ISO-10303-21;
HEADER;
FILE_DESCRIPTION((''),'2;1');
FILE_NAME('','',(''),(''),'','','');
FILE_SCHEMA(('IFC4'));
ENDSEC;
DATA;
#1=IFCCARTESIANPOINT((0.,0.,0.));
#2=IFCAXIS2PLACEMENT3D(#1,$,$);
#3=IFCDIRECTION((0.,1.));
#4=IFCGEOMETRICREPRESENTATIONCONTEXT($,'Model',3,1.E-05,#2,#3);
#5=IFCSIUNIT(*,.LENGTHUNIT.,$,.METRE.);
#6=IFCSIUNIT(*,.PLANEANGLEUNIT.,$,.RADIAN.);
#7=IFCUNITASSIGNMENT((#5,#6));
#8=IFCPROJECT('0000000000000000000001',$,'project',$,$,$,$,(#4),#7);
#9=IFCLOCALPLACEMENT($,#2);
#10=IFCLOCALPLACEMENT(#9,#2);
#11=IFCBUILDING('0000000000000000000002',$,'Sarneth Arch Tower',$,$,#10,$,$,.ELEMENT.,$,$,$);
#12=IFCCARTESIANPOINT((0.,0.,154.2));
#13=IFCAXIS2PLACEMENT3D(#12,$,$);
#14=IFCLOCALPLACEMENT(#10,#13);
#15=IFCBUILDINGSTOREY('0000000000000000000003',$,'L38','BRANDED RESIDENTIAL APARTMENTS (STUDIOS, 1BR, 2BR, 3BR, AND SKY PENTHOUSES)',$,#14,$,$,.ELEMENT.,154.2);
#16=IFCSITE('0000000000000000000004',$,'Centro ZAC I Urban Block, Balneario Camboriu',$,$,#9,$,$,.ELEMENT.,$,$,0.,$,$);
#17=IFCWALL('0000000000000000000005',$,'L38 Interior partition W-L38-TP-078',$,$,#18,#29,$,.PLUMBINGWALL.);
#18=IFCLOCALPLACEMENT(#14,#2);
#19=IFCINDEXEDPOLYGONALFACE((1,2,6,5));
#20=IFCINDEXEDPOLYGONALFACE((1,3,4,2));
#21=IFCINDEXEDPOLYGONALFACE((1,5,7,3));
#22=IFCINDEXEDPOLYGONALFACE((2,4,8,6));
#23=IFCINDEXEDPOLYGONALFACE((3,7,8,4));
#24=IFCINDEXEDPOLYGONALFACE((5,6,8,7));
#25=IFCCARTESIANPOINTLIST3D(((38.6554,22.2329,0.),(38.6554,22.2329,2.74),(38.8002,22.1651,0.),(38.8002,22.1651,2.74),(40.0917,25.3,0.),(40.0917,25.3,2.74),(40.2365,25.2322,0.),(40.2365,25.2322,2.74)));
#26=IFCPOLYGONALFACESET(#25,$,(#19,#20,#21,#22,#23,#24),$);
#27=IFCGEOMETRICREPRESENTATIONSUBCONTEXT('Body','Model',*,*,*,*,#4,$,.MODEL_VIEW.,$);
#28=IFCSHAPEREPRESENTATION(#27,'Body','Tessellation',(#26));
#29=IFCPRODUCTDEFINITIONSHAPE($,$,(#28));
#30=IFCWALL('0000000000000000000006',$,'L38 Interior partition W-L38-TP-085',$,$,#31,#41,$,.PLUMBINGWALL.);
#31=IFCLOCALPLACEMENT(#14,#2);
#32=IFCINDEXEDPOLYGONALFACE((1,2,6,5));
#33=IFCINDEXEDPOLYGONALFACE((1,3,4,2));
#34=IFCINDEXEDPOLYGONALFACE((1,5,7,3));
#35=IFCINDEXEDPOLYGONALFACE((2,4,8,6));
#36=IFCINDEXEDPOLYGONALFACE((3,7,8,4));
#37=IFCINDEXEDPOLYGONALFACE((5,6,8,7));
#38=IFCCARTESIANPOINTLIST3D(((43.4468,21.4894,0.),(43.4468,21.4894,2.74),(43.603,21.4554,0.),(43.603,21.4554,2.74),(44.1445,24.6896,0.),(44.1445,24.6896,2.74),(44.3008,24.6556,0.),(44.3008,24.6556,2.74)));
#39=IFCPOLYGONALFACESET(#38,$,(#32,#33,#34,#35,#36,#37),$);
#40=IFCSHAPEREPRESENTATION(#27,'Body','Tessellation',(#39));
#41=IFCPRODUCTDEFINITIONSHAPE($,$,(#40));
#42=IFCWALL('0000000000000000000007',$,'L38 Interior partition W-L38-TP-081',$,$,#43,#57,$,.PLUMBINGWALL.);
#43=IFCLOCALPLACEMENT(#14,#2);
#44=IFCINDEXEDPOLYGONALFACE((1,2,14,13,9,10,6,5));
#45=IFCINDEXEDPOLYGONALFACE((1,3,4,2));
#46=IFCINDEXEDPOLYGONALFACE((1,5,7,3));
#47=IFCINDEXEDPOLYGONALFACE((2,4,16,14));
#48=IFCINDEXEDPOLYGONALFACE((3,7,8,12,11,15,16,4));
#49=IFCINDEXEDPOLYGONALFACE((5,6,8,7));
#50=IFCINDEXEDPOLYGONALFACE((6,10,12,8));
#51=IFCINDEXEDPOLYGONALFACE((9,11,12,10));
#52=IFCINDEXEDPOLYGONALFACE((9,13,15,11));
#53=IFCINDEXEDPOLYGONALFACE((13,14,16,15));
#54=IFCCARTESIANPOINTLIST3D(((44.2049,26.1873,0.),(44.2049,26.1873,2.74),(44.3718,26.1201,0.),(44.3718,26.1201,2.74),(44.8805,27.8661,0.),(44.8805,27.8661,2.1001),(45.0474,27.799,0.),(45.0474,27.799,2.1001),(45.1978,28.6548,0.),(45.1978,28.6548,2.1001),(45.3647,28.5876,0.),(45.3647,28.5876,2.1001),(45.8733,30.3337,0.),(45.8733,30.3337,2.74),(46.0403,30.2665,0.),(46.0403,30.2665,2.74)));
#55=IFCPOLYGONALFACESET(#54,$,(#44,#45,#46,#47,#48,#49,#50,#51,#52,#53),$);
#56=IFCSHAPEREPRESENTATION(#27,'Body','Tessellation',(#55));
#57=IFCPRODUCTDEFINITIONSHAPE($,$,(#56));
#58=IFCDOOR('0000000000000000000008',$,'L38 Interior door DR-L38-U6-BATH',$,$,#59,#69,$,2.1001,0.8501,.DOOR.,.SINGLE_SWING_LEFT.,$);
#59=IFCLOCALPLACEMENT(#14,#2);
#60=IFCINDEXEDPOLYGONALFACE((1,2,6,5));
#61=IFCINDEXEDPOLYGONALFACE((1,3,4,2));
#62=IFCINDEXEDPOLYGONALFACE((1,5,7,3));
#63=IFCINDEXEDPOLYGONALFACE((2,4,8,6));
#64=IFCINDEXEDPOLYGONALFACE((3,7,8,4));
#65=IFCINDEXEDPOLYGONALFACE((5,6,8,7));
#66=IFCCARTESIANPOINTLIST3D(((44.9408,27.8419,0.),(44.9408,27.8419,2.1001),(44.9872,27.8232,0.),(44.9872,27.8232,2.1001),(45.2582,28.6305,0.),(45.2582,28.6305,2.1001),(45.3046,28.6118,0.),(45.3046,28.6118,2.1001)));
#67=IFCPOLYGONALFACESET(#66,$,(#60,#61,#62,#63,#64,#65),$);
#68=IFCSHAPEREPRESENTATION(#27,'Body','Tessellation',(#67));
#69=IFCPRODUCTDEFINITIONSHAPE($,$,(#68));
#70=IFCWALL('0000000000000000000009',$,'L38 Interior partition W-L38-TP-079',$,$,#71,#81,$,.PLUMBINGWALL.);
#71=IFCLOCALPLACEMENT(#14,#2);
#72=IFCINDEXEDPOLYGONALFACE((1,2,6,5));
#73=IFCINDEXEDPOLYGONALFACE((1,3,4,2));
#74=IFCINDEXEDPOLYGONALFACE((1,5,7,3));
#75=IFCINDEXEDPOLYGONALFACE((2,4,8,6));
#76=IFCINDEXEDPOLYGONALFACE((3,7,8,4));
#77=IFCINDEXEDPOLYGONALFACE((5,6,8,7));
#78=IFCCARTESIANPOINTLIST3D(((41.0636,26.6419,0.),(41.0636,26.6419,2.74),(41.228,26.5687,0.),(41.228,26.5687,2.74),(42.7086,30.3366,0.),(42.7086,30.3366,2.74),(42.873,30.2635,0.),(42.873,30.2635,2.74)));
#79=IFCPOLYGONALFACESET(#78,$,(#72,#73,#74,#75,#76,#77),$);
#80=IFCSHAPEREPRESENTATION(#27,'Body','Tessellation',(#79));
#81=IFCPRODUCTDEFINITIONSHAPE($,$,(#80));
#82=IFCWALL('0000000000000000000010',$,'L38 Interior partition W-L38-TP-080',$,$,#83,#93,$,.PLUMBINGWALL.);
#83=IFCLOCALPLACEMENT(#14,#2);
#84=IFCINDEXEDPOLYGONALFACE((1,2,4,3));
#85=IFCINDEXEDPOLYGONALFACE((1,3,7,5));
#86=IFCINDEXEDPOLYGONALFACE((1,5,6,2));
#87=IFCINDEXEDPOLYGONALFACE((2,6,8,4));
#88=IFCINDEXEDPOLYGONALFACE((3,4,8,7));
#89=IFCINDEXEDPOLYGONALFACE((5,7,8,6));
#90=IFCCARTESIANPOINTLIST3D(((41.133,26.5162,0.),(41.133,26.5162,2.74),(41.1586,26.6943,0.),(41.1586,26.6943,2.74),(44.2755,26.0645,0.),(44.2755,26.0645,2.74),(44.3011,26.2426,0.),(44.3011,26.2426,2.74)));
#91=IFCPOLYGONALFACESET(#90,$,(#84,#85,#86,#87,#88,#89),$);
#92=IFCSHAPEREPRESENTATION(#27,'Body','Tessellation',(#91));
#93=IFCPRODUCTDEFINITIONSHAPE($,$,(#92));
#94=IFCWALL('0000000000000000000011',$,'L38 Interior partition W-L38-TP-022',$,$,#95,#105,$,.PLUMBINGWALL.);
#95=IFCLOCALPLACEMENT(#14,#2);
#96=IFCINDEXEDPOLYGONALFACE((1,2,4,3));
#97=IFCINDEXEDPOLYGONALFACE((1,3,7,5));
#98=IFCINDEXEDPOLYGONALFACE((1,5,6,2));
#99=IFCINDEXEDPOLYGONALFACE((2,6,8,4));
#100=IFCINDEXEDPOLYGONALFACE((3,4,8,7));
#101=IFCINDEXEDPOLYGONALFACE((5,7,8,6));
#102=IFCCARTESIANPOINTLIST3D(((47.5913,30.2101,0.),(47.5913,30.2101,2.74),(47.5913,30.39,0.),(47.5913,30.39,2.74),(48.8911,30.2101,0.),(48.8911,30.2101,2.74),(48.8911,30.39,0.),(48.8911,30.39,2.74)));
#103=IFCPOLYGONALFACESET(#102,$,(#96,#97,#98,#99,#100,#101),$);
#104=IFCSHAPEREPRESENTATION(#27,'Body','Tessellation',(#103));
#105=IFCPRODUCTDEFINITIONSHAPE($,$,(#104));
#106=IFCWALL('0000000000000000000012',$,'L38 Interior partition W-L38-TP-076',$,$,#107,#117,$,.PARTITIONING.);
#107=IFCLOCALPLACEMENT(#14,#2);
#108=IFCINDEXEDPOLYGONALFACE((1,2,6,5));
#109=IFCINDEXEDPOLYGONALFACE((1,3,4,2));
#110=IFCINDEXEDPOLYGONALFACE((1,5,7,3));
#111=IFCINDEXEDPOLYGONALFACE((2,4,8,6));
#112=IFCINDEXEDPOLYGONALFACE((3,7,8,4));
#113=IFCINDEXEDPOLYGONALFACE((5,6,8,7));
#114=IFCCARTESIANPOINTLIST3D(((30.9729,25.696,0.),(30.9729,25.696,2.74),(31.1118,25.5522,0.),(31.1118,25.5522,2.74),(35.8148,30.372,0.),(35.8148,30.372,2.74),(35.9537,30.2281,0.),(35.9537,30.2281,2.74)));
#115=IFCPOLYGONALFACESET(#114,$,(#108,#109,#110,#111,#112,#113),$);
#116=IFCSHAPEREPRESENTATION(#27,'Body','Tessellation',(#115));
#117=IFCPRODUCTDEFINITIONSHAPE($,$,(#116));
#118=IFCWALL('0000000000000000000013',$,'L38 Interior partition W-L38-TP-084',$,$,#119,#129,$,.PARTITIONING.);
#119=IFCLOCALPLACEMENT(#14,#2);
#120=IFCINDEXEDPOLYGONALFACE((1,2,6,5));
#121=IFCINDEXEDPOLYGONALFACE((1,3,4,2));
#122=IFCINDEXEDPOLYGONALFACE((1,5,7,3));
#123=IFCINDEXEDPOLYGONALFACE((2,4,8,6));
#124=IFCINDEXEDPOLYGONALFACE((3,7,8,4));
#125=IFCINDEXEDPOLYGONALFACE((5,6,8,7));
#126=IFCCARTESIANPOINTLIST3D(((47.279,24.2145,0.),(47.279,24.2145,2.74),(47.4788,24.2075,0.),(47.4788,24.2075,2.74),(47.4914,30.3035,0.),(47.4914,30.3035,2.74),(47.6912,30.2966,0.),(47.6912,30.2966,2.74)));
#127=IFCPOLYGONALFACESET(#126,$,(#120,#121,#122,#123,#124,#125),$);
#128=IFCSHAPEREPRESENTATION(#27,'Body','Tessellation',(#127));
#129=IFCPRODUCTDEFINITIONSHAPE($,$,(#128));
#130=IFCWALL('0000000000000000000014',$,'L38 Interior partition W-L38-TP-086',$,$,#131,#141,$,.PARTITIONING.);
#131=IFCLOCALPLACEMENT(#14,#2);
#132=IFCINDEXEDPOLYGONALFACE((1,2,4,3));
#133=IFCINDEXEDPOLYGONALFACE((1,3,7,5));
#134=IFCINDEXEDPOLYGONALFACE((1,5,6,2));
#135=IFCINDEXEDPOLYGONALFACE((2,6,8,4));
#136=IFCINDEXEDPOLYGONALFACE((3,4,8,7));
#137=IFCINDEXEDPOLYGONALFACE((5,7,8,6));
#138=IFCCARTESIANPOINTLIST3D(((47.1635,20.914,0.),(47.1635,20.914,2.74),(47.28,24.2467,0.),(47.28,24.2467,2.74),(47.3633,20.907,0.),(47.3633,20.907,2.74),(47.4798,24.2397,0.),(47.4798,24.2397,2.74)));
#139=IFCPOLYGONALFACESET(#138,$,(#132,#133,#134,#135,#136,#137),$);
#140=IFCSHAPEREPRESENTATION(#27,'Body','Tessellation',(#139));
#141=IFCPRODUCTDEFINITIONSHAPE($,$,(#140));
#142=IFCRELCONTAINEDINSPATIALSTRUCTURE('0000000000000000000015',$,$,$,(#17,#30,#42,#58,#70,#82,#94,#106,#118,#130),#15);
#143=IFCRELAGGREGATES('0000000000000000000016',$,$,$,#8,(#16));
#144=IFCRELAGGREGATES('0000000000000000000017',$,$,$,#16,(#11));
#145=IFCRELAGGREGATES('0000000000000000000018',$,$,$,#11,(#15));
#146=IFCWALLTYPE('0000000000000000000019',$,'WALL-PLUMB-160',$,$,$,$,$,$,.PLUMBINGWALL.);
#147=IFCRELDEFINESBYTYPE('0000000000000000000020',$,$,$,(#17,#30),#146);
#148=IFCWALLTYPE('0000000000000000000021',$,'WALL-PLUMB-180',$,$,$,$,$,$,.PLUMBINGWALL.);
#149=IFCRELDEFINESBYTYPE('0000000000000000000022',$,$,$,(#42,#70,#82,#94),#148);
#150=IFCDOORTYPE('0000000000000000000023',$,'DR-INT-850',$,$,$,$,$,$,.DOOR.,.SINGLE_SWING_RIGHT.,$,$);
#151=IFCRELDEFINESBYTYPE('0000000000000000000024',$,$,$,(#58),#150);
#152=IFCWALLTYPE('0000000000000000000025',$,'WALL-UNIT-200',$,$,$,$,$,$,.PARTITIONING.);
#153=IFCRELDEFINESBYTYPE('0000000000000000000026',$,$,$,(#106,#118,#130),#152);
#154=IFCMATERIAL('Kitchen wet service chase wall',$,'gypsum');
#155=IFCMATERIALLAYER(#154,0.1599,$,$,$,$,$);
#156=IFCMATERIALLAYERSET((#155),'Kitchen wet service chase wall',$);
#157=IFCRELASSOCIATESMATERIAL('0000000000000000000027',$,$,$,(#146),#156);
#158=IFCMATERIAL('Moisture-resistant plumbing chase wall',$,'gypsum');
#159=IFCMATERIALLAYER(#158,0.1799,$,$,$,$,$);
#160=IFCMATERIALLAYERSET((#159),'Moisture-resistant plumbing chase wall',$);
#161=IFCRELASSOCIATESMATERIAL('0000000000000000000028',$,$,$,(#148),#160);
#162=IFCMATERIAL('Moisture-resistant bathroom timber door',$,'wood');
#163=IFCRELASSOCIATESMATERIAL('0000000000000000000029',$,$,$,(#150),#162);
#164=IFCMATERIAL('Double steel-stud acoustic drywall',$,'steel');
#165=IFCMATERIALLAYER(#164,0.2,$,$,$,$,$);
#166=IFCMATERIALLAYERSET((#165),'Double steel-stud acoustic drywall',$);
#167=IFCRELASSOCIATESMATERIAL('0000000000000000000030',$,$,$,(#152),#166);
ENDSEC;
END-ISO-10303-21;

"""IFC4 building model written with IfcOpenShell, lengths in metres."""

from ifc_helpers import new_model, si_unit, direction, frame, frame_2d, origin, place, context, subcontext, project, spatial, rectangle, extrude, material, layer, layer_set, type_object, element, fill, save


model = new_model("IFC4")

# Units and contexts
model_context = context("Model", 3, precision=1e-05, world=origin(), true_north=direction((0.0, 1.0)))
body_context = subcontext(model_context, "Body", "Model", "MODEL_VIEW")
ifc_project = project(units=[si_unit("LENGTHUNIT", "METRE"), si_unit("PLANEANGLEUNIT", "RADIAN")], contexts=[model_context])

# Site, building, storey
site_placement = place(None, origin())
site = spatial("IfcSite", under=ifc_project, at=site_placement, Name="Centro ZAC I Urban Block, Balneario Camboriu", CompositionType="ELEMENT", RefElevation=0.0)
building_placement = place(site_placement, origin())
building = spatial("IfcBuilding", under=site, at=building_placement, Name="Sarneth Arch Tower", CompositionType="ELEMENT")
storey_placement = place(building_placement, frame((0.0, 0.0, 154.2)))
storey = spatial("IfcBuildingStorey", under=building, at=storey_placement, Name="L38", Description="BRANDED RESIDENTIAL APARTMENTS (STUDIOS, 1BR, 2BR, 3BR, AND SKY PENTHOUSES)", CompositionType="ELEMENT", Elevation=154.2)

# Shared definitions
ifc_material_1 = material(Name="Kitchen wet service chase wall", Category="gypsum")
ifc_layer_1 = layer(ifc_material_1, 0.1599)
ifc_layer_set_1 = layer_set([ifc_layer_1], Name="Kitchen wet service chase wall")
wall_type_1 = type_object("IfcWallType", Name="WALL-PLUMB-160", PredefinedType="PLUMBINGWALL", material=ifc_layer_set_1)

# Walls
wall_1_placement = place(storey_placement, frame((40.1641, 25.2661, 0.0), z_axis=(0.0, 0.0, 1.0), x_axis=(-0.424085, -0.905622, 0.0)))
element("IfcWall", 1, at=wall_1_placement, inside=storey, type_object=wall_type_1, Name="L38 Interior partition W-L38-TP-078", PredefinedType="PLUMBINGWALL", context=body_context, shape_type="SweptSolid", body=[
    extrude(rectangle(XDim=3.3867, YDim=0.1599, at=frame_2d((1.6934, 0.0))), origin(), (0.0, 0.0, 1.0), 2.74),
])
wall_2_placement = place(storey_placement, frame((44.2227, 24.6726, 0.0), z_axis=(0.0, 0.0, 1.0), x_axis=(-0.21303, -0.977046, 0.0)))
element("IfcWall", 2, at=wall_2_placement, inside=storey, type_object=wall_type_1, Name="L38 Interior partition W-L38-TP-085", PredefinedType="PLUMBINGWALL", context=body_context, shape_type="SweptSolid", body=[
    extrude(rectangle(XDim=3.2754, YDim=0.1599, at=frame_2d((1.6377, 0.0))), origin(), (0.0, 0.0, 1.0), 2.74),
])

# Wall, opening, door
ifc_material_2 = material(Name="Moisture-resistant plumbing chase wall", Category="gypsum")
ifc_layer_2 = layer(ifc_material_2, 0.1799)
ifc_layer_set_2 = layer_set([ifc_layer_2], Name="Moisture-resistant plumbing chase wall")
wall_type_2 = type_object("IfcWallType", Name="WALL-PLUMB-180", PredefinedType="PLUMBINGWALL", material=ifc_layer_set_2)
wall_3_placement = place(storey_placement, frame((44.2883, 26.1536, 0.0), z_axis=(0.0, 0.0, 1.0), x_axis=(0.373292, 0.927714, 0.0)))
wall_3 = element("IfcWall", 3, at=wall_3_placement, inside=storey, type_object=wall_type_2, Name="L38 Interior partition W-L38-TP-081", PredefinedType="PLUMBINGWALL", context=body_context, shape_type="SweptSolid", body=[
    extrude(rectangle(XDim=4.4695, YDim=0.1799, at=frame_2d((2.2349, 0.0))), origin(), (0.0, 0.0, 1.0), 2.74),
])
opening_1_placement = place(wall_3_placement, frame((1.8098, 0.0, 0.0)))
opening_1 = element("IfcOpeningElement", 4, at=opening_1_placement, cuts=wall_3, PredefinedType="OPENING", context=body_context, shape_type="SweptSolid", body=[
    extrude(rectangle(XDim=0.8501, YDim=2.1001, at=frame_2d((0.425, 1.05))), frame((0.0, 0.0999, 0.0), z_axis=(0.0, -1.0, 0.0), x_axis=(1.0, 0.0, 0.0)), (0.0, 0.0, 1.0), 0.2),
])
ifc_material_3 = material(Name="Moisture-resistant bathroom timber door", Category="wood")
door_type_1 = type_object("IfcDoorType", Name="DR-INT-850", OperationType="SINGLE_SWING_RIGHT", PredefinedType="DOOR", material=ifc_material_3)
door_1_placement = place(opening_1_placement, origin())
door_1 = element("IfcDoor", 5, at=door_1_placement, inside=storey, type_object=door_type_1, Name="L38 Interior door DR-L38-U6-BATH", OperationType="SINGLE_SWING_LEFT", OverallHeight=2.1001, OverallWidth=0.8501, PredefinedType="DOOR", context=body_context, shape_type="SweptSolid", body=[
    extrude(rectangle(XDim=0.8501, YDim=2.1001, at=frame_2d((0.425, 1.05))), frame((0.0, 0.0249, 0.0), z_axis=(0.0, -1.0, 0.0), x_axis=(1.0, 0.0, 0.0)), (0.0, 0.0, 1.0), 0.05),
])
fill(opening_1, door_1)

# Walls
wall_4_placement = place(storey_placement, frame((42.7908, 30.3, 0.0), z_axis=(0.0, 0.0, 1.0), x_axis=(-0.406732, -0.913547, 0.0)))
element("IfcWall", 6, at=wall_4_placement, inside=storey, type_object=wall_type_2, Name="L38 Interior partition W-L38-TP-079", PredefinedType="PLUMBINGWALL", context=body_context, shape_type="SweptSolid", body=[
    extrude(rectangle(XDim=4.0444, YDim=0.1799, at=frame_2d((2.0222, 0.0))), origin(), (0.0, 0.0, 1.0), 2.74),
])
wall_5_placement = place(storey_placement, frame((41.1458, 26.6052, 0.0), z_axis=(0.0, 0.0, 1.0), x_axis=(0.989829, -0.142261, 0.0)))
element("IfcWall", 7, at=wall_5_placement, inside=storey, type_object=wall_type_2, Name="L38 Interior partition W-L38-TP-080", PredefinedType="PLUMBINGWALL", context=body_context, shape_type="SweptSolid", body=[
    extrude(rectangle(XDim=3.1748, YDim=0.1799, at=frame_2d((1.5874, 0.0))), origin(), (0.0, 0.0, 1.0), 2.74),
])
wall_6_placement = place(storey_placement, frame((47.5913, 30.3, 0.0), z_axis=(0.0, 0.0, 1.0), x_axis=(1.0, 0.0, 0.0)))
element("IfcWall", 8, at=wall_6_placement, inside=storey, type_object=wall_type_2, Name="L38 Interior partition W-L38-TP-022", PredefinedType="PLUMBINGWALL", context=body_context, shape_type="SweptSolid", body=[
    extrude(rectangle(XDim=1.2998, YDim=0.1799, at=frame_2d((0.6499, 0.0))), origin(), (0.0, 0.0, 1.0), 2.74),
])
ifc_material_4 = material(Name="Double steel-stud acoustic drywall", Category="steel")
ifc_layer_3 = layer(ifc_material_4, 0.2)
ifc_layer_set_3 = layer_set([ifc_layer_3], Name="Double steel-stud acoustic drywall")
wall_type_3 = type_object("IfcWallType", Name="WALL-UNIT-200", PredefinedType="PARTITIONING", material=ifc_layer_set_3)
wall_7_placement = place(storey_placement, frame((31.0422, 25.624, 0.0), z_axis=(0.0, 0.0, 1.0), x_axis=(0.719331, 0.694668, 0.0)))
element("IfcWall", 9, at=wall_7_placement, inside=storey, type_object=wall_type_3, Name="L38 Interior partition W-L38-TP-076", PredefinedType="PARTITIONING", context=body_context, shape_type="SweptSolid", body=[
    extrude(rectangle(XDim=6.7312, YDim=0.2, at=frame_2d((3.3657, 0.0))), origin(), (0.0, 0.0, 1.0), 2.74),
])
wall_8_placement = place(storey_placement, frame((47.5913, 30.3, 0.0), z_axis=(0.0, 0.0, 1.0), x_axis=(-0.034861, -0.999392, 0.0)))
element("IfcWall", 10, at=wall_8_placement, inside=storey, type_object=wall_type_3, Name="L38 Interior partition W-L38-TP-084", PredefinedType="PARTITIONING", context=body_context, shape_type="SweptSolid", body=[
    extrude(rectangle(XDim=6.0928, YDim=0.2, at=frame_2d((3.0464, 0.0))), origin(), (0.0, 0.0, 1.0), 2.74),
])
wall_9_placement = place(storey_placement, frame((47.2634, 20.9104, 0.0), z_axis=(0.0, 0.0, 1.0), x_axis=(0.034921, 0.99939, 0.0)))
element("IfcWall", 11, at=wall_9_placement, inside=storey, type_object=wall_type_3, Name="L38 Interior partition W-L38-TP-086", PredefinedType="PARTITIONING", context=body_context, shape_type="SweptSolid", body=[
    extrude(rectangle(XDim=3.3347, YDim=0.2, at=frame_2d((1.6675, 0.0))), origin(), (0.0, 0.0, 1.0), 2.74),
])

save(model, "model.ifc")
